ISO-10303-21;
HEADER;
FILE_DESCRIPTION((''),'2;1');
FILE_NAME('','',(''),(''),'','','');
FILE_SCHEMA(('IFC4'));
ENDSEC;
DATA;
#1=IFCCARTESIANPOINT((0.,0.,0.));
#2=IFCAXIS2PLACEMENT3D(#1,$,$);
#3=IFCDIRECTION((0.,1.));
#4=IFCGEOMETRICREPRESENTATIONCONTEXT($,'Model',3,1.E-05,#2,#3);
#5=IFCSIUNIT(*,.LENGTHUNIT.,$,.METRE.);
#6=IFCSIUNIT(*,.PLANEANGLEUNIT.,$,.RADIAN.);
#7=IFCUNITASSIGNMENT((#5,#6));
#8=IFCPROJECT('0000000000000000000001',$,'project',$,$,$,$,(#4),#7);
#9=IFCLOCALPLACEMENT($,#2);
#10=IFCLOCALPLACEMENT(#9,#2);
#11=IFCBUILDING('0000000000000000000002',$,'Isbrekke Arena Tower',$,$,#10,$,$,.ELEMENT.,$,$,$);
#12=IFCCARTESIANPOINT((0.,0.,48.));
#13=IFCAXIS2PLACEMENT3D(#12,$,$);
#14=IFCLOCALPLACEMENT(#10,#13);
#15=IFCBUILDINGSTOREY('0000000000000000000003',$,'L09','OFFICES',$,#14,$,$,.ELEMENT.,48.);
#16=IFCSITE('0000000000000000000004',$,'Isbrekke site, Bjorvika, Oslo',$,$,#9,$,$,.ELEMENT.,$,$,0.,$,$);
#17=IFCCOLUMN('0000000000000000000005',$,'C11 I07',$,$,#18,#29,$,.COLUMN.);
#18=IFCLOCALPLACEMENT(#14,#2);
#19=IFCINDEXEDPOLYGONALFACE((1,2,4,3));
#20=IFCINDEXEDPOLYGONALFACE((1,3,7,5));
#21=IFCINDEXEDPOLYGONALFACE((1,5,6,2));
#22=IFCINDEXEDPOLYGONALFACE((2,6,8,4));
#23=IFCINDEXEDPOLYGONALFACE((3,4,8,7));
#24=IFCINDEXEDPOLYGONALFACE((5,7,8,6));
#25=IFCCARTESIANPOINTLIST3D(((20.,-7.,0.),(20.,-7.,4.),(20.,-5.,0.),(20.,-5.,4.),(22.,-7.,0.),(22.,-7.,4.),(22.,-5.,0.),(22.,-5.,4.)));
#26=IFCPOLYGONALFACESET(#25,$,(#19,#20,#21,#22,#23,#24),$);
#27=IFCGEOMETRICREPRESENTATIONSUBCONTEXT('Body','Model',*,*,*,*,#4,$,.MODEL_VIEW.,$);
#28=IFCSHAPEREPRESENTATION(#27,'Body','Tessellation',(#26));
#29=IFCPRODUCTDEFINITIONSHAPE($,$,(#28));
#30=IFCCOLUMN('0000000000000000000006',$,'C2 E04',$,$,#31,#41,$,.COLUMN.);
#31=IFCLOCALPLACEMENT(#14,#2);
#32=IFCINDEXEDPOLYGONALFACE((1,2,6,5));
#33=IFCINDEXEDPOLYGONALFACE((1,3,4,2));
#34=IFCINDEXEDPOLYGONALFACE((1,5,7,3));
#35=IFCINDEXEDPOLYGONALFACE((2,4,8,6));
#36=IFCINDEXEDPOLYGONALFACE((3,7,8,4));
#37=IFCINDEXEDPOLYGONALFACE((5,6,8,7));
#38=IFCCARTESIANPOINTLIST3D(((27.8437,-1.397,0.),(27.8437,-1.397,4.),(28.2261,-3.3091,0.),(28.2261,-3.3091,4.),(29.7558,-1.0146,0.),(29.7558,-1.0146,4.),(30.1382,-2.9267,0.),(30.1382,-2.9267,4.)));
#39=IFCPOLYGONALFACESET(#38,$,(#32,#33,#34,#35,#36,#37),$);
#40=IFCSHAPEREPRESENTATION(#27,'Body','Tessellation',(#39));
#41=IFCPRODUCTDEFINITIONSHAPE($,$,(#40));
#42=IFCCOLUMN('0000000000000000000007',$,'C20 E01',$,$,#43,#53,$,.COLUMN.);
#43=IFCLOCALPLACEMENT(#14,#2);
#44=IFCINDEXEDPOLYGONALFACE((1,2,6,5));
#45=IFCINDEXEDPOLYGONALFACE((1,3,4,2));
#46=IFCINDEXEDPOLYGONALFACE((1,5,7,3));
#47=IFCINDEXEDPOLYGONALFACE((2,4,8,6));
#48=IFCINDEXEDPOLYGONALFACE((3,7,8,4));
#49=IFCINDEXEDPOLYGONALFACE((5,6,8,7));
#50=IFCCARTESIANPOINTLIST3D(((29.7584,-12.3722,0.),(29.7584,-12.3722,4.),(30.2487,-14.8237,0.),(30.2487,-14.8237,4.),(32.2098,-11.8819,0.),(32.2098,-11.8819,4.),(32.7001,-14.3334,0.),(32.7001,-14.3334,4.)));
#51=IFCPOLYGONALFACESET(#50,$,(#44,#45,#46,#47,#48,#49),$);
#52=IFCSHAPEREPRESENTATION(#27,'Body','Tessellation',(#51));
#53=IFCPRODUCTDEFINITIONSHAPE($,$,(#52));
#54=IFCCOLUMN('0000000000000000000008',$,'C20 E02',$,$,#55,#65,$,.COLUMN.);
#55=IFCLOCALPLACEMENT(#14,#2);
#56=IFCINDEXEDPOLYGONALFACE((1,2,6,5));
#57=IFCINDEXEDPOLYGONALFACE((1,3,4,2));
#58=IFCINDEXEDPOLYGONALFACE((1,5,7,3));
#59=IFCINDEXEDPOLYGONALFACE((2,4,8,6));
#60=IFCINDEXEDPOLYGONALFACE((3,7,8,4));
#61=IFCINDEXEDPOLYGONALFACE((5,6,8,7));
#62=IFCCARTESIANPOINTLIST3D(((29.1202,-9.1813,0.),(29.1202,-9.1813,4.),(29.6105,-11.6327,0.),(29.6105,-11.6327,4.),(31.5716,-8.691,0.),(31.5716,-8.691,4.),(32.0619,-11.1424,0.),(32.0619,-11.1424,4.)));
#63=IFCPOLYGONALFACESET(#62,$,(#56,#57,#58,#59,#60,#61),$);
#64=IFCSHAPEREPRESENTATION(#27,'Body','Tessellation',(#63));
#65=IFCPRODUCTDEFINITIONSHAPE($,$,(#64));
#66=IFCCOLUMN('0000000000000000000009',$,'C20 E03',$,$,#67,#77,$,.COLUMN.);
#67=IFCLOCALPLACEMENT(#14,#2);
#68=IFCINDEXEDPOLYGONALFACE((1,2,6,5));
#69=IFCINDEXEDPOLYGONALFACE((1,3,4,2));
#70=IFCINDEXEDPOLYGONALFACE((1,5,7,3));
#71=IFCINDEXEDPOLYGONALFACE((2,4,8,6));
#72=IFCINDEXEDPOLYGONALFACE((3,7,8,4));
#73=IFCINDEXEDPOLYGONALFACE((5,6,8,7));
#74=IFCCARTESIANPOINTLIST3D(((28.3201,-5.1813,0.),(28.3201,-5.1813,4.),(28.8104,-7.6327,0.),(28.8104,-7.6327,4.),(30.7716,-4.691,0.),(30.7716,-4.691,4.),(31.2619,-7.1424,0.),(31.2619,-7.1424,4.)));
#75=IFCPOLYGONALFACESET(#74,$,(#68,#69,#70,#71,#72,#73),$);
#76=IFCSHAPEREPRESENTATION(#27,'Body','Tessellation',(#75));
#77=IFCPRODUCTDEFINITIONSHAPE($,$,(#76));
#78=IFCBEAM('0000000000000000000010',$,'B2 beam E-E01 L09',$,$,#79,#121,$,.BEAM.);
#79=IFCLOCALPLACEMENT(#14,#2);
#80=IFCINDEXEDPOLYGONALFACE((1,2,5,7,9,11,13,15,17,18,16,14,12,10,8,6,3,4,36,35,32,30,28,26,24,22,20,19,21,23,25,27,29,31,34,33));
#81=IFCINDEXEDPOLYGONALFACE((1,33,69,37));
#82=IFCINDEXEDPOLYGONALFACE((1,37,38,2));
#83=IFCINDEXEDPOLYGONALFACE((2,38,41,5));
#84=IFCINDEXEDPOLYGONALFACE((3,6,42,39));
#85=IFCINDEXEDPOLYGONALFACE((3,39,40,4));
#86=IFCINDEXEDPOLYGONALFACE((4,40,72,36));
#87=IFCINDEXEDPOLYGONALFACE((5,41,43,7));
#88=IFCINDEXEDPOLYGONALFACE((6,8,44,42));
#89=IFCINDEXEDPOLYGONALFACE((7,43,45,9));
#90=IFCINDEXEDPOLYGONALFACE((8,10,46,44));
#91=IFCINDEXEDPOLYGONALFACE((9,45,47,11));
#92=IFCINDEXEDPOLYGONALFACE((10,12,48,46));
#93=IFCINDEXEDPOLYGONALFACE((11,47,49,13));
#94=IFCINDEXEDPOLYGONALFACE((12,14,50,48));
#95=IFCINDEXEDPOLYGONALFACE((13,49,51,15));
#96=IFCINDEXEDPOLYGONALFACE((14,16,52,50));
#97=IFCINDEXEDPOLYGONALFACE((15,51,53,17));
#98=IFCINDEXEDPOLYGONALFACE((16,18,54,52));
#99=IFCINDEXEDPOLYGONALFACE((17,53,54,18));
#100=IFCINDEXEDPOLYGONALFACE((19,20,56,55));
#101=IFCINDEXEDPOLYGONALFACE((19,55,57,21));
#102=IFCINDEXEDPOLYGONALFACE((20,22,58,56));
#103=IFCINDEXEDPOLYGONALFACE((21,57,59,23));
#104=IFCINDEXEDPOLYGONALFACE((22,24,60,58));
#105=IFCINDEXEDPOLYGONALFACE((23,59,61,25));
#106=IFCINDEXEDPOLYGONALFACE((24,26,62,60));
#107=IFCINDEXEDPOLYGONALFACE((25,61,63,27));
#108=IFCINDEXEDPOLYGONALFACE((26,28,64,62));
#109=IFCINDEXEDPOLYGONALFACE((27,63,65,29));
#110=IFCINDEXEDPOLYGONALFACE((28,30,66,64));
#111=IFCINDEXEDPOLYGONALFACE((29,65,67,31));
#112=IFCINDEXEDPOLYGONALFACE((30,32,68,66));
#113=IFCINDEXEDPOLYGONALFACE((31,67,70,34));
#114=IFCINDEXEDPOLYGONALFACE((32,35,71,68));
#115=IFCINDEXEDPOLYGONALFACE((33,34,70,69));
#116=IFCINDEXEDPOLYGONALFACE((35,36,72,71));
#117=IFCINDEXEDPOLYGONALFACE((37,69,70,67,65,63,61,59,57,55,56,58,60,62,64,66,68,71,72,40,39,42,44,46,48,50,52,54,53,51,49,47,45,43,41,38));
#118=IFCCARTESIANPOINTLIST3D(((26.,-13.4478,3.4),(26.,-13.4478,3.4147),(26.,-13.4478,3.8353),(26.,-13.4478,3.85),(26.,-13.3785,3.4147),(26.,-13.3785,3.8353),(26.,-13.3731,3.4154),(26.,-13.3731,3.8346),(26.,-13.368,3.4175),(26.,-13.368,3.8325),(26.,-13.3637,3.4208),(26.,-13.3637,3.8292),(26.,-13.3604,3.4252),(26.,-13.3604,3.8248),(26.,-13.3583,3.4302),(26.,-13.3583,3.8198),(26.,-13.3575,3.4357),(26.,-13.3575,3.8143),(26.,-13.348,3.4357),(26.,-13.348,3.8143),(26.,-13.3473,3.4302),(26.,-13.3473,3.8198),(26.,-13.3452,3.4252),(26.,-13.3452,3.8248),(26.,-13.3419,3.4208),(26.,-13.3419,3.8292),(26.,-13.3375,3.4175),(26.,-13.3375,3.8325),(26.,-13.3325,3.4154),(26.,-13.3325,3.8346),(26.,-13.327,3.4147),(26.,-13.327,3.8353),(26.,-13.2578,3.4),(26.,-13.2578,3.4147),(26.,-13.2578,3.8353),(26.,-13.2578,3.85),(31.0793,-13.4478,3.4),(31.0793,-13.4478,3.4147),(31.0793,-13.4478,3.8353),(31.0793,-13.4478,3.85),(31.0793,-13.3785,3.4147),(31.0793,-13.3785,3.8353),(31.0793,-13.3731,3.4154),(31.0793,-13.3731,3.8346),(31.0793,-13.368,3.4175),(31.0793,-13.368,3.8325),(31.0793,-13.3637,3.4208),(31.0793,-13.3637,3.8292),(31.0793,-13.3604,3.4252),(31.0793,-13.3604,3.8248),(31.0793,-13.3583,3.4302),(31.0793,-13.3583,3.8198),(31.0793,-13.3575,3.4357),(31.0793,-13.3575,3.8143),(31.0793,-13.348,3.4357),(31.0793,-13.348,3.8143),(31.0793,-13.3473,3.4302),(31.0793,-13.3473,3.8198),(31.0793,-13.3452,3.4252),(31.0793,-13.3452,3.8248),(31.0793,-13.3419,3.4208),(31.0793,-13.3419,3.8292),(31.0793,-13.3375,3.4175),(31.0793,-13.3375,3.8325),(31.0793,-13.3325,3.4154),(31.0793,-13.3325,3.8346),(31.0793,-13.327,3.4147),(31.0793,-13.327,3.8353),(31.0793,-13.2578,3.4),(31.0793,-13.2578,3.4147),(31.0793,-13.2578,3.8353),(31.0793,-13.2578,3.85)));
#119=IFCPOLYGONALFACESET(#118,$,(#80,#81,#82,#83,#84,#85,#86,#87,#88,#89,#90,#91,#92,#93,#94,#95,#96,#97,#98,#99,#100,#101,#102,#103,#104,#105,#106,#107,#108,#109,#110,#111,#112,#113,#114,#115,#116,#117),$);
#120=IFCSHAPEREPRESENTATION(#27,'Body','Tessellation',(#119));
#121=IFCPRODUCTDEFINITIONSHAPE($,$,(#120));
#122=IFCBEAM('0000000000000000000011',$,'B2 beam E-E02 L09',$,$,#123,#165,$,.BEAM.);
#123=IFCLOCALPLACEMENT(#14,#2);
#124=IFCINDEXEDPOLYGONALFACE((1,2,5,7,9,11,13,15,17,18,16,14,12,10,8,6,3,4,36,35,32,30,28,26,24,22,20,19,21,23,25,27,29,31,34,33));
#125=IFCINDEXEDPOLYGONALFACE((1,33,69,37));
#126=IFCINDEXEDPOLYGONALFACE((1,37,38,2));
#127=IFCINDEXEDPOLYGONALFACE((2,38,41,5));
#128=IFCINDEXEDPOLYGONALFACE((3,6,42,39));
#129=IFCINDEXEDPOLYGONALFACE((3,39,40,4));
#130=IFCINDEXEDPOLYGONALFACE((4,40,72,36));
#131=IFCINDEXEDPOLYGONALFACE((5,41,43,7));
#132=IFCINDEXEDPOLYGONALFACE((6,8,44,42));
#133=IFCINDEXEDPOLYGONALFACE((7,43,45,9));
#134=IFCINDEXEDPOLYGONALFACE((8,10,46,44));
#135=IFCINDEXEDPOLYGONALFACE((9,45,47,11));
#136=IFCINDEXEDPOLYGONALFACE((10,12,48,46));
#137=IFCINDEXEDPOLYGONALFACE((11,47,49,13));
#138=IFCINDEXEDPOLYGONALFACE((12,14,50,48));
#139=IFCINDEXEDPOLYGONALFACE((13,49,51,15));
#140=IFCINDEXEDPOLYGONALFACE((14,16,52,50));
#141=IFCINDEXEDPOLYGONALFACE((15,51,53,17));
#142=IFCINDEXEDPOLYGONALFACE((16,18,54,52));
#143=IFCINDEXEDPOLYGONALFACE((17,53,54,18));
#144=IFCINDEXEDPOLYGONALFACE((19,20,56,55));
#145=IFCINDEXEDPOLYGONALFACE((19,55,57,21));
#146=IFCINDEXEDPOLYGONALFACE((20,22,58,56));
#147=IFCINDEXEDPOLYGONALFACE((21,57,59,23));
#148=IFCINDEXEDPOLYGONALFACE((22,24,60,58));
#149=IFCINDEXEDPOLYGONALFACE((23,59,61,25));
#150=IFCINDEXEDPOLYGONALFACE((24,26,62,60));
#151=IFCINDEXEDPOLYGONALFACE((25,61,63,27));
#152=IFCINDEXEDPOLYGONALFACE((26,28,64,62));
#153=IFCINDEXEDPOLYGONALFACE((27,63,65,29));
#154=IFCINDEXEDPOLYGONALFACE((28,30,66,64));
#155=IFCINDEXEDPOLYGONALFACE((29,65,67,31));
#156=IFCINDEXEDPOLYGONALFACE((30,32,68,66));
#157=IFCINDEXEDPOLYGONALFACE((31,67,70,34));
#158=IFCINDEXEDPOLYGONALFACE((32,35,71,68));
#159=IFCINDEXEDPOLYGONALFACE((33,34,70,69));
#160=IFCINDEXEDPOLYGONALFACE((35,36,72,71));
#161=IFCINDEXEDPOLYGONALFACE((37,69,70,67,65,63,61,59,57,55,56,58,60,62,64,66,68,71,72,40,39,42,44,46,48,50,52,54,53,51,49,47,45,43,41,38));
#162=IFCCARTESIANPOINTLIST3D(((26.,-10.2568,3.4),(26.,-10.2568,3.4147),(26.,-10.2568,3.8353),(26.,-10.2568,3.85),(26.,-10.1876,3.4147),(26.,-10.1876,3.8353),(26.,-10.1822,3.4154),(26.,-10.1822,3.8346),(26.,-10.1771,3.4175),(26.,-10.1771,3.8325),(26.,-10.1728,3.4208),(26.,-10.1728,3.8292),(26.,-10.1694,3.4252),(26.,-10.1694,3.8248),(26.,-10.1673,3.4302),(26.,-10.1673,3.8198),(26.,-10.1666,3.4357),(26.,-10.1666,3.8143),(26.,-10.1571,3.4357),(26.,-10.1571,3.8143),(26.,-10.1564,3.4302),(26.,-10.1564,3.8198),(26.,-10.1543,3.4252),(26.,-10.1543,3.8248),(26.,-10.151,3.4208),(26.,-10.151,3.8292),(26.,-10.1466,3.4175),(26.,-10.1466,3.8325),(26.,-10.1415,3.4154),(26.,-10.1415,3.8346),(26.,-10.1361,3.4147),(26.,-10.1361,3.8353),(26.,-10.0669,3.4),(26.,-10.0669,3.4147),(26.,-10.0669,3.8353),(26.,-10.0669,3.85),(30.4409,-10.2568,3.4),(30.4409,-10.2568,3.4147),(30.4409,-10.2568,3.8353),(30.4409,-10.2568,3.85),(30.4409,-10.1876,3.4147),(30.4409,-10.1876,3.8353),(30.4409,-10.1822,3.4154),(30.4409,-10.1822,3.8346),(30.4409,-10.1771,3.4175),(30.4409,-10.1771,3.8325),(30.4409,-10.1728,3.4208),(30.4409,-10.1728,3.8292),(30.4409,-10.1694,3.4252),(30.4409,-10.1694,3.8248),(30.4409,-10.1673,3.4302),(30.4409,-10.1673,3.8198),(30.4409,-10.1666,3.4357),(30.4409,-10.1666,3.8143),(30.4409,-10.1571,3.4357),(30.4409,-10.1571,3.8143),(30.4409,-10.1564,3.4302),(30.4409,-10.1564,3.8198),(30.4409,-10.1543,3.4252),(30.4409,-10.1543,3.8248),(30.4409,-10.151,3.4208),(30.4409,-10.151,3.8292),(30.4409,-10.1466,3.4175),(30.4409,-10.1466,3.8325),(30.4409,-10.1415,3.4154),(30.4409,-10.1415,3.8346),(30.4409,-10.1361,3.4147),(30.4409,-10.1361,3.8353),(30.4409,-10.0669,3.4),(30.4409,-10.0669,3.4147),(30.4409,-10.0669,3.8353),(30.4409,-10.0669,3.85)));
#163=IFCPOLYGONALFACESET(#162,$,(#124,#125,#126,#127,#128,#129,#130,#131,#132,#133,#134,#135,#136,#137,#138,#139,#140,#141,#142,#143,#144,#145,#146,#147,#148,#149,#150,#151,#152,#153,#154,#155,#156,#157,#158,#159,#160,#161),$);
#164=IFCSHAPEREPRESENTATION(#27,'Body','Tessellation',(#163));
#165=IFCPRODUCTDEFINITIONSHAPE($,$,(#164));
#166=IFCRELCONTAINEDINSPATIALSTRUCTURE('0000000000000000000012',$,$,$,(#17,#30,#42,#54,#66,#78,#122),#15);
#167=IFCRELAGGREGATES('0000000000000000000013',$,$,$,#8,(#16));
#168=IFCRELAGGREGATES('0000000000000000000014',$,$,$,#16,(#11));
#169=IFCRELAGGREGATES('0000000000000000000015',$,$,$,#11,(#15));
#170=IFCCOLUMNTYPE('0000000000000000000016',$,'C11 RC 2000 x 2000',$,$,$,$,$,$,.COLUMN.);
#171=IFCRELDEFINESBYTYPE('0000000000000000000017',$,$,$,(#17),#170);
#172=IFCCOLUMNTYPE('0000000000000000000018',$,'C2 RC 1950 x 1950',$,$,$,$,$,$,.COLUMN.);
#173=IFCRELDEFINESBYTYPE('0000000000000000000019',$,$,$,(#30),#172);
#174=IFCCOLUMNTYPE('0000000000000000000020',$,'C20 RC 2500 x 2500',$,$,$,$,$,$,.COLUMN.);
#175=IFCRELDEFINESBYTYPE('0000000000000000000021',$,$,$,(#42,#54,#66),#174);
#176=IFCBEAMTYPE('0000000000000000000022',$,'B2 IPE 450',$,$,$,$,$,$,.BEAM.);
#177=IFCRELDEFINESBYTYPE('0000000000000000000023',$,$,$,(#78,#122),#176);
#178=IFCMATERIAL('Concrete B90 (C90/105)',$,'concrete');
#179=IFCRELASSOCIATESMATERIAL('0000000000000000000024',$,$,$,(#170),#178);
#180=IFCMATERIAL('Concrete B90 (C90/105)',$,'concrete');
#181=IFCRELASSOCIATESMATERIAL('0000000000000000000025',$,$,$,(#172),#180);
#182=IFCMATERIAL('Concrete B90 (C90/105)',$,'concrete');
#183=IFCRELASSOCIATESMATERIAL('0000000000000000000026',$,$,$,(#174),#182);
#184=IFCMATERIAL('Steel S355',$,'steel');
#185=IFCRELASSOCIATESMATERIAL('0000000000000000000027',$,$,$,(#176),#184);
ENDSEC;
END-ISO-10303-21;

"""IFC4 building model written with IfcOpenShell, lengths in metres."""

from ifc_helpers import new_model, si_unit, direction, frame, origin, origin_2d, place, context, subcontext, project, spatial, rectangle, i_section, extrude, material, material_profile, profile_set, type_object, element, save


model = new_model("IFC4")

# Units and contexts
model_context = context("Model", 3, precision=1e-05, world=origin(), true_north=direction((0.0, 1.0)))
body_context = subcontext(model_context, "Body", "Model", "MODEL_VIEW")
ifc_project = project(units=[si_unit("LENGTHUNIT", "METRE"), si_unit("PLANEANGLEUNIT", "RADIAN")], contexts=[model_context])

# Site, building, storey
site_placement = place(None, origin())
site = spatial("IfcSite", under=ifc_project, at=site_placement, Name="Isbrekke site, Bjorvika, Oslo", CompositionType="ELEMENT", RefElevation=0.0)
building_placement = place(site_placement, origin())
building = spatial("IfcBuilding", under=site, at=building_placement, Name="Isbrekke Arena Tower", CompositionType="ELEMENT")
storey_placement = place(building_placement, frame((0.0, 0.0, 48.0)))
storey = spatial("IfcBuildingStorey", under=building, at=storey_placement, Name="L09", Description="OFFICES", CompositionType="ELEMENT", Elevation=48.0)

# Columns
ifc_material_1 = material(Name="Concrete B90 (C90/105)", Category="concrete")
ifc_material_profile_1 = material_profile(ifc_material_1, rectangle(XDim=2.0, YDim=2.0, at=origin_2d()), Name="RC 2000x2000")
ifc_profile_set_1 = profile_set([ifc_material_profile_1], Name="Concrete B90 (C90/105)")
column_type_1 = type_object("IfcColumnType", Name="C11 RC 2000 x 2000", PredefinedType="COLUMN", material=ifc_profile_set_1)
column_1_placement = place(storey_placement, frame((21.0, -6.0, 0.0), z_axis=(0.0, 0.0, 1.0), x_axis=(1.0, 0.0, 0.0)))
element("IfcColumn", 1, at=column_1_placement, inside=storey, type_object=column_type_1, Name="C11 I07", PredefinedType="COLUMN", context=body_context, shape_type="SweptSolid", body=[
    extrude(rectangle(XDim=2.0, YDim=2.0, at=origin_2d()), origin(), (0.0, 0.0, 1.0), 4.0),
])
ifc_material_2 = material(Name="Concrete B90 (C90/105)", Category="concrete")
ifc_material_profile_2 = material_profile(ifc_material_2, rectangle(XDim=1.95, YDim=1.95, at=origin_2d()), Name="RC 1950x1950")
ifc_profile_set_2 = profile_set([ifc_material_profile_2], Name="Concrete B90 (C90/105)")
column_type_2 = type_object("IfcColumnType", Name="C2 RC 1950 x 1950", PredefinedType="COLUMN", material=ifc_profile_set_2)
column_2_placement = place(storey_placement, frame((28.991, -2.1619, 0.0), z_axis=(0.0, 0.0, 1.0), x_axis=(-0.196116, 0.980581, 0.0)))
element("IfcColumn", 2, at=column_2_placement, inside=storey, type_object=column_type_2, Name="C2 E04", PredefinedType="COLUMN", context=body_context, shape_type="SweptSolid", body=[
    extrude(rectangle(XDim=1.95, YDim=1.95, at=origin_2d()), origin(), (0.0, 0.0, 1.0), 4.0),
])
ifc_material_3 = material(Name="Concrete B90 (C90/105)", Category="concrete")
ifc_material_profile_3 = material_profile(ifc_material_3, rectangle(XDim=2.5, YDim=2.5, at=origin_2d()), Name="RC 2500x2500")
ifc_profile_set_3 = profile_set([ifc_material_profile_3], Name="Concrete B90 (C90/105)")
column_type_3 = type_object("IfcColumnType", Name="C20 RC 2500 x 2500", PredefinedType="COLUMN", material=ifc_profile_set_3)
for number, where, z_axis, x_axis, name in (
    (3, (31.2292, -13.3528, 0.0), (0.0, 0.0, 1.0), (-0.196116, 0.980581, 0.0), "C20 E01"),
    (4, (30.5911, -10.1619, 0.0), (0.0, 0.0, 1.0), (-0.196116, 0.980581, 0.0), "C20 E02"),
    (5, (29.791, -6.1619, 0.0), (0.0, 0.0, 1.0), (-0.196116, 0.980581, 0.0), "C20 E03"),
):
    element("IfcColumn", number, at=place(storey_placement, frame(where, z_axis=z_axis, x_axis=x_axis)), inside=storey, type_object=column_type_3, Name=name, PredefinedType="COLUMN", context=body_context, shape_type="SweptSolid", body=[
        extrude(rectangle(XDim=2.5, YDim=2.5, at=origin_2d()), origin(), (0.0, 0.0, 1.0), 4.0),
    ])

# Beams
ifc_material_4 = material(Name="Steel S355", Category="steel")
ifc_material_profile_4 = material_profile(ifc_material_4, i_section(OverallWidth=0.1899, OverallDepth=0.45, WebThickness=0.0095, FlangeThickness=0.0146, FilletRadius=0.021, at=origin_2d()), Name="IPE 450")
ifc_profile_set_4 = profile_set([ifc_material_profile_4], Name="Steel S355")
beam_type_1 = type_object("IfcBeamType", Name="B2 IPE 450", PredefinedType="BEAM", material=ifc_profile_set_4)
beam_1_placement = place(storey_placement, frame((31.0793, -13.3528, 3.625), z_axis=(-1.0, 0.0, 0.0), x_axis=(0.0, -1.0, 0.0)))
element("IfcBeam", 6, at=beam_1_placement, inside=storey, type_object=beam_type_1, Name="B2 beam E-E01 L09", PredefinedType="BEAM", context=body_context, shape_type="SweptSolid", body=[
    extrude(i_section(OverallWidth=0.1899, OverallDepth=0.45, WebThickness=0.0095, FlangeThickness=0.0146, FilletRadius=0.021, at=origin_2d()), origin(), (0.0, 0.0, 1.0), 5.0793),
])
beam_2_placement = place(storey_placement, frame((30.4409, -10.1619, 3.625), z_axis=(-1.0, 0.0, 0.0), x_axis=(0.0, -1.0, 0.0)))
element("IfcBeam", 7, at=beam_2_placement, inside=storey, type_object=beam_type_1, Name="B2 beam E-E02 L09", PredefinedType="BEAM", context=body_context, shape_type="SweptSolid", body=[
    extrude(i_section(OverallWidth=0.1899, OverallDepth=0.45, WebThickness=0.0095, FlangeThickness=0.0146, FilletRadius=0.021, at=origin_2d()), origin(), (0.0, 0.0, 1.0), 4.4409),
])

save(model, "model.ifc")
